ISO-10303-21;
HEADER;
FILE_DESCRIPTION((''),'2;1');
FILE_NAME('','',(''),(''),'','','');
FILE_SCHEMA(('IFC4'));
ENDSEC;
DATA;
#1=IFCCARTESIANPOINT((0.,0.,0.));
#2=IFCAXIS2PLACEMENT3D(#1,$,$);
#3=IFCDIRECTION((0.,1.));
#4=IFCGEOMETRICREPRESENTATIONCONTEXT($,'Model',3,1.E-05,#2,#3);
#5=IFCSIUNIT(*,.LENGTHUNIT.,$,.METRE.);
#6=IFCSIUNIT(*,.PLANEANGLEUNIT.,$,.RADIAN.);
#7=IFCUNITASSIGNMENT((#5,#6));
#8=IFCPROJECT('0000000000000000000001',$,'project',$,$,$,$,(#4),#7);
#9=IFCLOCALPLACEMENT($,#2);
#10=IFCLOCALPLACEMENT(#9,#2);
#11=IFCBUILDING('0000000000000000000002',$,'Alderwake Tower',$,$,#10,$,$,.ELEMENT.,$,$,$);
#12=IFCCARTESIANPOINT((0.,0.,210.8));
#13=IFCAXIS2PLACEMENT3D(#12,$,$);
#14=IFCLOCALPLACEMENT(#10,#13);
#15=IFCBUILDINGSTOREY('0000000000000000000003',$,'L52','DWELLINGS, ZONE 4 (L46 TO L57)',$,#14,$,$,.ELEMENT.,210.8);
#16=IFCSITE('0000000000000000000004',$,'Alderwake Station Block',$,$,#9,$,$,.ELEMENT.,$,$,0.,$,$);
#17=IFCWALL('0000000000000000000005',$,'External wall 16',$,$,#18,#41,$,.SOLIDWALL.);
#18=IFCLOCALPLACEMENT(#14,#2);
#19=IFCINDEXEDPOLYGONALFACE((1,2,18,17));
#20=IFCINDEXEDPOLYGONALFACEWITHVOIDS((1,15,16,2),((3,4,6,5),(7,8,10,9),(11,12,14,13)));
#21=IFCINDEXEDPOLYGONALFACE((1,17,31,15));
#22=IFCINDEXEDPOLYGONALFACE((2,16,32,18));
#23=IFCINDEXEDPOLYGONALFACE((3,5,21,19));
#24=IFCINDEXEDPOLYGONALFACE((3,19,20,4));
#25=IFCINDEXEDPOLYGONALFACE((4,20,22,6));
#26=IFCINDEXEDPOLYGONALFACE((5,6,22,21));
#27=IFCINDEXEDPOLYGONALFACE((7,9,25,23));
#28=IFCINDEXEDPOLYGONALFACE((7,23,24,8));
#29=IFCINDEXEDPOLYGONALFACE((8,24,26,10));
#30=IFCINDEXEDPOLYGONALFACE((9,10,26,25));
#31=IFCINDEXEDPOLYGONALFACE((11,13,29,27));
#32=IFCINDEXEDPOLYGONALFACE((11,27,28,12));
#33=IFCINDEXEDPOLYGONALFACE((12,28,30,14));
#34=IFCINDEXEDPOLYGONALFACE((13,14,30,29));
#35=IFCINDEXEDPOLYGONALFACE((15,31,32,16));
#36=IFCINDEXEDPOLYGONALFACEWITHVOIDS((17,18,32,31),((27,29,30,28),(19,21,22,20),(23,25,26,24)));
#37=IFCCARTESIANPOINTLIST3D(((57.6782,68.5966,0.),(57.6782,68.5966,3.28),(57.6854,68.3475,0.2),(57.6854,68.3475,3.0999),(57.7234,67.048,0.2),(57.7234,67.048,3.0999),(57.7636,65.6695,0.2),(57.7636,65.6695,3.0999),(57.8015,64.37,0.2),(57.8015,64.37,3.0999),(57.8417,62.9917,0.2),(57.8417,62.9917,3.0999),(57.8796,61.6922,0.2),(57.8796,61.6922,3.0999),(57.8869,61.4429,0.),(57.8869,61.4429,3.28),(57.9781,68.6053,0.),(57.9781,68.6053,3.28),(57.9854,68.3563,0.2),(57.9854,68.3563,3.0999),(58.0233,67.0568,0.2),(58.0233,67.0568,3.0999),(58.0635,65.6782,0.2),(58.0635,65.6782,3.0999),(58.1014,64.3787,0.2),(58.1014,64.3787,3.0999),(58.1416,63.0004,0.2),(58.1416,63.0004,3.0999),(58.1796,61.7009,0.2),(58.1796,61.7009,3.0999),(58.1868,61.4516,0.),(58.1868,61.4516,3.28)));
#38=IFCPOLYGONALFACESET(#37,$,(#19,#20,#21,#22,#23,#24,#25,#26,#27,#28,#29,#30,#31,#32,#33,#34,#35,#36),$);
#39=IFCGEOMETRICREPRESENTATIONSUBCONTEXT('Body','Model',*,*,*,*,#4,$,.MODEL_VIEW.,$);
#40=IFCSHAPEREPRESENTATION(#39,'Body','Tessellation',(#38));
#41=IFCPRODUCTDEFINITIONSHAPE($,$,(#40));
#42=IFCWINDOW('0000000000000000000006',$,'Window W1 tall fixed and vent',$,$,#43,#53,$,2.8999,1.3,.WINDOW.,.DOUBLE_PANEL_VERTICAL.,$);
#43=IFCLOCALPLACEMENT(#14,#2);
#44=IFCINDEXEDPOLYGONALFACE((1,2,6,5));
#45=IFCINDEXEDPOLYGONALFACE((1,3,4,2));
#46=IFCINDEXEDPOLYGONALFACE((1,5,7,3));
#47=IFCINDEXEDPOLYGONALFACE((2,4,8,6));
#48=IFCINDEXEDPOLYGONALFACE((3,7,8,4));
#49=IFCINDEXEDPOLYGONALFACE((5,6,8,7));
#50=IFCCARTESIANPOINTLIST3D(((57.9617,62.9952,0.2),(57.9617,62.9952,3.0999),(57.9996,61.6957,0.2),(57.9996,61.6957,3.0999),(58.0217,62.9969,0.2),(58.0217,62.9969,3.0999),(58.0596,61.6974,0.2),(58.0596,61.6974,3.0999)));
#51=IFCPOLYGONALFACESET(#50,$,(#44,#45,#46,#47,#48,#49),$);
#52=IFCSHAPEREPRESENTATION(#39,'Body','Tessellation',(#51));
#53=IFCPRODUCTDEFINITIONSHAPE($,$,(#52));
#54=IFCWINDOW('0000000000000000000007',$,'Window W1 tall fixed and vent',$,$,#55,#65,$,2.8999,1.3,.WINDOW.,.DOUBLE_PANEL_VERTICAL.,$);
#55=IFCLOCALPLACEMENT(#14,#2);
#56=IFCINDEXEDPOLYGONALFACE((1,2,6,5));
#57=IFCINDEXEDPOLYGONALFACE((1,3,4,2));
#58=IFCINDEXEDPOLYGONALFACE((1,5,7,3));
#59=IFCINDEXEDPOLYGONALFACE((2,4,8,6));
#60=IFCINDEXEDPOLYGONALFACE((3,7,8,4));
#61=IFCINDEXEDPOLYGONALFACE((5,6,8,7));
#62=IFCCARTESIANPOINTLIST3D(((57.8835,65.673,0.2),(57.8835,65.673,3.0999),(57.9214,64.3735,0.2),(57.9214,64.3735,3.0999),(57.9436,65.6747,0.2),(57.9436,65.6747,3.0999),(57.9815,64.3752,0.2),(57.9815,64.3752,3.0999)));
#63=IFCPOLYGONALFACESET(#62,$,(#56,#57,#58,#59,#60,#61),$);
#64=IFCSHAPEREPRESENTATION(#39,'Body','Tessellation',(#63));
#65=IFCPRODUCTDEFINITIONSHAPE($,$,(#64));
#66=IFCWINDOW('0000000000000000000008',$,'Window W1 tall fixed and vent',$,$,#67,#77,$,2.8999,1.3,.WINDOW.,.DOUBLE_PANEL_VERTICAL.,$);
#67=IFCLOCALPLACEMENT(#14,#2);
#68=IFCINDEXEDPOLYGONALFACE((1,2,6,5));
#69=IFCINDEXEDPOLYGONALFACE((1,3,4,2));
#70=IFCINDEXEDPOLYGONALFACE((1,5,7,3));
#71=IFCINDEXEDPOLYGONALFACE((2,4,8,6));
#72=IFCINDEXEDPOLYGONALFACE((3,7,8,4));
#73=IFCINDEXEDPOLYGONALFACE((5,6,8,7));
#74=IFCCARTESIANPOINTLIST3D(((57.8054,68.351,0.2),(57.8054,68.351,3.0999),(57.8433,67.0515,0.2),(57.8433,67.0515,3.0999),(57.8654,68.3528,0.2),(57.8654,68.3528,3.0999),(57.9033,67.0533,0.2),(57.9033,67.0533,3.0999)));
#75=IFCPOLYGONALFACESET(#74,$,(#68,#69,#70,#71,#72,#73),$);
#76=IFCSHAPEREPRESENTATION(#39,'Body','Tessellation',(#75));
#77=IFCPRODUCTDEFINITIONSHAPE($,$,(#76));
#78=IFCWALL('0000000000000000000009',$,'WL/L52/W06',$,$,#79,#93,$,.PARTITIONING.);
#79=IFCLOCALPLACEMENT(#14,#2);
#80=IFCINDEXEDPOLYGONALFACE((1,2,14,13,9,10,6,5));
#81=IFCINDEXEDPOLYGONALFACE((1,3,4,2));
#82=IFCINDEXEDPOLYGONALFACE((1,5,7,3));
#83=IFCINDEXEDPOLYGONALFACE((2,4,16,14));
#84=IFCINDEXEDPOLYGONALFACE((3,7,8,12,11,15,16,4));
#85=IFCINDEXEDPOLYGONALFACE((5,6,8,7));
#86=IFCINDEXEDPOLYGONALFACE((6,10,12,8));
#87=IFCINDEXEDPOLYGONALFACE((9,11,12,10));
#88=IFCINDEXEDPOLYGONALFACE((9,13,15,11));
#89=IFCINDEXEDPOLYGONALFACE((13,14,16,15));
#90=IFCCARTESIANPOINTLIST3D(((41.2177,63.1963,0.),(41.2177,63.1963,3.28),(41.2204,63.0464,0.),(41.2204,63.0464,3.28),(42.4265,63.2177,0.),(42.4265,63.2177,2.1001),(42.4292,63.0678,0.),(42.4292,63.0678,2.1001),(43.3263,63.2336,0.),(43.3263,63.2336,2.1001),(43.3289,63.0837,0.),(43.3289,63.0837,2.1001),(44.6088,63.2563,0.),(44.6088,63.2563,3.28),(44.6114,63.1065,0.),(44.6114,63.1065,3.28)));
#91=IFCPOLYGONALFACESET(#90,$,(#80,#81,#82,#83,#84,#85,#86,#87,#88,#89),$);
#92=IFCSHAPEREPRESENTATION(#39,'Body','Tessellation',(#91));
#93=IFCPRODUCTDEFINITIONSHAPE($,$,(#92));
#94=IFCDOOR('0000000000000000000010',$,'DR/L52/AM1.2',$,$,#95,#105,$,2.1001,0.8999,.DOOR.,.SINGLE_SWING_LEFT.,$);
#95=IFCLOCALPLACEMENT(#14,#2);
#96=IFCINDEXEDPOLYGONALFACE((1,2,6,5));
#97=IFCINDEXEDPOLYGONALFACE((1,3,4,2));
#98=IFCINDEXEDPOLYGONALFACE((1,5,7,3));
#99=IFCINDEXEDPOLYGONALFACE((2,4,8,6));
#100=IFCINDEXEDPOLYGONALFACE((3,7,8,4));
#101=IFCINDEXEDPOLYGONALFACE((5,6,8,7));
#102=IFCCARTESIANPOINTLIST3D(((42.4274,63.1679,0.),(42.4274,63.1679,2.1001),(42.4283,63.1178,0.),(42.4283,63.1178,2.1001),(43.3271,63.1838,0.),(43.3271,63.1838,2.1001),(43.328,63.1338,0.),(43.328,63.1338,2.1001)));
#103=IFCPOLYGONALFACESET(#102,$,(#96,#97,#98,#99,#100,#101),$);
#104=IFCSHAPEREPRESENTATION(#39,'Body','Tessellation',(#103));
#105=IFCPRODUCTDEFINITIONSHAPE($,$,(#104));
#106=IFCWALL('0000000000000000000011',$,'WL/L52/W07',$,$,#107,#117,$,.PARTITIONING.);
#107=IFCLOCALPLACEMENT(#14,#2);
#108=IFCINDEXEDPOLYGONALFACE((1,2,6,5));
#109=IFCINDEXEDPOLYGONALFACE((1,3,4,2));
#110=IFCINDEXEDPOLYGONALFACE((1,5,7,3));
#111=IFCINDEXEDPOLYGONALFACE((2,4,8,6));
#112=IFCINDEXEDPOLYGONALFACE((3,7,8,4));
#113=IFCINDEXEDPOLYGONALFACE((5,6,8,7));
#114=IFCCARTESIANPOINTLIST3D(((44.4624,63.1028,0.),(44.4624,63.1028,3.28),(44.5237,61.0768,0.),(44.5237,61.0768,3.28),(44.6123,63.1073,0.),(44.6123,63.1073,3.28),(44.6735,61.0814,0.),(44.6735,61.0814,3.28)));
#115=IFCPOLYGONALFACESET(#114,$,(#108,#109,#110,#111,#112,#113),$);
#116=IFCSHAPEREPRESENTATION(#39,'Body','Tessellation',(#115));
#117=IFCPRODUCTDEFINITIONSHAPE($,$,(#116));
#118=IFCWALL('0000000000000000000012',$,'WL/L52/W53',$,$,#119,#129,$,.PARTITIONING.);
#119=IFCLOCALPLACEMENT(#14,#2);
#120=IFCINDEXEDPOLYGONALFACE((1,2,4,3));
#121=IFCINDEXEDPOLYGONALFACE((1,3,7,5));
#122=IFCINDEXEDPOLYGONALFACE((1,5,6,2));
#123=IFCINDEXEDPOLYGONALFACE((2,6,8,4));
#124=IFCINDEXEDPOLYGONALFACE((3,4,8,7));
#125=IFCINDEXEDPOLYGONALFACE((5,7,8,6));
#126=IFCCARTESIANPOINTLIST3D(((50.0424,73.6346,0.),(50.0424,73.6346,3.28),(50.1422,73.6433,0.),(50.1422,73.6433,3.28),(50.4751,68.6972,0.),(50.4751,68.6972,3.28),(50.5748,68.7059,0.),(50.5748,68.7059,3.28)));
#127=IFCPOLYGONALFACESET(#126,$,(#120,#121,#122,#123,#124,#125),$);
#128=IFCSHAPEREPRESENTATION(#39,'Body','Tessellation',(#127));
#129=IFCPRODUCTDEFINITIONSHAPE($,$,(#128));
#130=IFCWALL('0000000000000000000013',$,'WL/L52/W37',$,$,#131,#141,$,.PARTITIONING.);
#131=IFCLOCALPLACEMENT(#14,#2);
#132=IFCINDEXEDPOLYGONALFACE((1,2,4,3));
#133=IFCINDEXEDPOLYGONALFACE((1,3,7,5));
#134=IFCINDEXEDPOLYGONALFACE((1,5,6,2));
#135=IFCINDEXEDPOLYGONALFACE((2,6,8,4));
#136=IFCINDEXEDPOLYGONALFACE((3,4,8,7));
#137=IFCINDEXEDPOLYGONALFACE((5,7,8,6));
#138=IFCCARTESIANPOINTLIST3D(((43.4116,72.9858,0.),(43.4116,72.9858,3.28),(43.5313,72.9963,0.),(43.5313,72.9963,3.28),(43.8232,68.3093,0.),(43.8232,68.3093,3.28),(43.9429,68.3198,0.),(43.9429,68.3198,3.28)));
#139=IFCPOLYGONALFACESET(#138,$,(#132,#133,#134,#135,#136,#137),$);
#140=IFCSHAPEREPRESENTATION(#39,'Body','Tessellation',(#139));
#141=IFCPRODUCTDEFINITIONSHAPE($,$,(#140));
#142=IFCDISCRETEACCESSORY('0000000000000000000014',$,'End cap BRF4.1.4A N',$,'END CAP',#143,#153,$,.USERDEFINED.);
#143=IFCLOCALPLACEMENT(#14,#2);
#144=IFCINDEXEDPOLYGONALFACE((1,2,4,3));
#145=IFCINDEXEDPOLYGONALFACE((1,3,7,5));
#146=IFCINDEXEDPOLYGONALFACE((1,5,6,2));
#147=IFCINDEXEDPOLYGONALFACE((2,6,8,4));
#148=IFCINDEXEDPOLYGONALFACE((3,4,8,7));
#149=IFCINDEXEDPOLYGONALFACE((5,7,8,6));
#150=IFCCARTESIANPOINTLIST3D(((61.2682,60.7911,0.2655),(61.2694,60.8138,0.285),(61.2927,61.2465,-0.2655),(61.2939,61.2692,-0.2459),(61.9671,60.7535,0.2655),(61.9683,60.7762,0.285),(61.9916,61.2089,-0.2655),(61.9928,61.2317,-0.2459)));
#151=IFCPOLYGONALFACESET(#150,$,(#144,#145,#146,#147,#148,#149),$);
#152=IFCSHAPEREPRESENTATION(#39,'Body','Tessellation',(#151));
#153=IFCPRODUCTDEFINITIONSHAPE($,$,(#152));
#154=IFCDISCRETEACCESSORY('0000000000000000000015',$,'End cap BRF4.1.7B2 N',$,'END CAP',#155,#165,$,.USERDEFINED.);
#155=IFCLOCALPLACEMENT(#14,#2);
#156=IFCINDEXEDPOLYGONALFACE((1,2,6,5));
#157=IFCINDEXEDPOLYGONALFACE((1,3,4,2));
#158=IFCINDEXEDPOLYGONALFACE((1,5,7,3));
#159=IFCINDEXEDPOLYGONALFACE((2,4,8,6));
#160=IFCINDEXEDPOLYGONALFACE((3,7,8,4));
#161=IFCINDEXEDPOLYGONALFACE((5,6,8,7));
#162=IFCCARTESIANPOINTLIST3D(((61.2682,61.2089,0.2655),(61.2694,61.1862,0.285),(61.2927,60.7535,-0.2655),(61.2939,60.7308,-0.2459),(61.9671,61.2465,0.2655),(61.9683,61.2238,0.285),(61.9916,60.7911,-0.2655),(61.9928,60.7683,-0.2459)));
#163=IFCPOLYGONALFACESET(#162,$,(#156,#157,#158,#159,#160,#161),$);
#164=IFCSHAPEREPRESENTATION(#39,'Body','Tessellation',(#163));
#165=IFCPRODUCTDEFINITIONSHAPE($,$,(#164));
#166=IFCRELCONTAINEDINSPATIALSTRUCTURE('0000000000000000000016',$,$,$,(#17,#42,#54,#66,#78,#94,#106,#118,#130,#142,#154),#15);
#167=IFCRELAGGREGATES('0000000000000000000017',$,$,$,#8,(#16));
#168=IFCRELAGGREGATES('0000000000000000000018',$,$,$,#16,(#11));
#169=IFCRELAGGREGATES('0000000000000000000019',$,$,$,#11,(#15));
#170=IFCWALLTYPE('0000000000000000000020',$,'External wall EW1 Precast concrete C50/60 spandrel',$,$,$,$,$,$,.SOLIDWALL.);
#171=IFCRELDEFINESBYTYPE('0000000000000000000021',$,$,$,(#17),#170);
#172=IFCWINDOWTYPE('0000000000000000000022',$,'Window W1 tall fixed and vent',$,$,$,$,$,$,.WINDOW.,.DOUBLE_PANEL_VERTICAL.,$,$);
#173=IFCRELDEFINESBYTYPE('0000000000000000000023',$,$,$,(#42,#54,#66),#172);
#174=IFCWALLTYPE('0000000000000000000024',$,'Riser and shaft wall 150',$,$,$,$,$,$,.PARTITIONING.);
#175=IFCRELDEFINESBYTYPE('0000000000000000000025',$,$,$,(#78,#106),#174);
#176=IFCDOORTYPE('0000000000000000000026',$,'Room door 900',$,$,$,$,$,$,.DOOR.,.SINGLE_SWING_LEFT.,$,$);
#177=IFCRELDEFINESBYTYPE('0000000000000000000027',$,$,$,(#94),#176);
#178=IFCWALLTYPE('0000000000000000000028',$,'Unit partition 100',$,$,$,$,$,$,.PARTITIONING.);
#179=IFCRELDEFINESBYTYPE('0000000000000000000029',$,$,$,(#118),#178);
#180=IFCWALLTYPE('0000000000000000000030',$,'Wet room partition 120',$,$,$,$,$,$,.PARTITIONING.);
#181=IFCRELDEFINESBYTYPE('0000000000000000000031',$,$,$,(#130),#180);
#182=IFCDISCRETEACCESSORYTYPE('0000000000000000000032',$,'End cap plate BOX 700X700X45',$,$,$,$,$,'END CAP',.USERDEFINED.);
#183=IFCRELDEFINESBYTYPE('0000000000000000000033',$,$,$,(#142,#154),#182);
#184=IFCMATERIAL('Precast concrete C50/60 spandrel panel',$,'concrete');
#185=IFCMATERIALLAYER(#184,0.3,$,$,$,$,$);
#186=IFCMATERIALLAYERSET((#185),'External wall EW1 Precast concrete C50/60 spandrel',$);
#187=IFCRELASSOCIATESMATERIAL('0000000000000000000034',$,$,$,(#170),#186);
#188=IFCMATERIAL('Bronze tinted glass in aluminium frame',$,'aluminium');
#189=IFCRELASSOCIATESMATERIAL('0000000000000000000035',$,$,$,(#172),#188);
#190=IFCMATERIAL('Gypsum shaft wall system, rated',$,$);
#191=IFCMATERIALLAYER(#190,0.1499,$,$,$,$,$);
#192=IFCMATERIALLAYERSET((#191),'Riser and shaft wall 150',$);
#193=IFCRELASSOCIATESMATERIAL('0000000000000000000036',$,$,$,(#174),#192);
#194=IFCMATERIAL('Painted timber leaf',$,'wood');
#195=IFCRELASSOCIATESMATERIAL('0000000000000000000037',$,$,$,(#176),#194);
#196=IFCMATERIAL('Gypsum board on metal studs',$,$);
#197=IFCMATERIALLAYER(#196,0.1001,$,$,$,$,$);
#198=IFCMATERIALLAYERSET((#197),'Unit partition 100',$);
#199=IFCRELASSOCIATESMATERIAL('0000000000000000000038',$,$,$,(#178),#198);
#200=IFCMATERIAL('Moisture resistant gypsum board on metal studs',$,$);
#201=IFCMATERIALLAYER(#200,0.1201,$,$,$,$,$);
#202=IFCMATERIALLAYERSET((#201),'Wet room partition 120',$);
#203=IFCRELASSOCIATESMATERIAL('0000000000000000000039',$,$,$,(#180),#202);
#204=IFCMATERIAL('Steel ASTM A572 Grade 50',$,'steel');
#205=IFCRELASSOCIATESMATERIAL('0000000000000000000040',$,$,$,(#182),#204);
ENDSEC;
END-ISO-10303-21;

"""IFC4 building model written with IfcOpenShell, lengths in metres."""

from ifc_helpers import new_model, si_unit, direction, frame, frame_2d, origin, origin_2d, place, context, subcontext, project, spatial, rectangle, extrude, material, layer, layer_set, material_profile, profile_set, type_object, element, fill, save


model = new_model("IFC4")

# Units and contexts
model_context = context("Model", 3, precision=1e-05, world=origin(), true_north=direction((0.0, 1.0)))
body_context = subcontext(model_context, "Body", "Model", "MODEL_VIEW")
ifc_project = project(units=[si_unit("LENGTHUNIT", "METRE"), si_unit("PLANEANGLEUNIT", "RADIAN")], contexts=[model_context])

# Site, building, storey
site_placement = place(None, origin())
site = spatial("IfcSite", under=ifc_project, at=site_placement, Name="Alderwake Station Block", CompositionType="ELEMENT", RefElevation=0.0)
building_placement = place(site_placement, origin())
building = spatial("IfcBuilding", under=site, at=building_placement, Name="Alderwake Tower", CompositionType="ELEMENT")
storey_placement = place(building_placement, frame((0.0, 0.0, 210.8)))
storey = spatial("IfcBuildingStorey", under=building, at=storey_placement, Name="L52", Description="DWELLINGS, ZONE 4 (L46 TO L57)", CompositionType="ELEMENT", Elevation=210.8)

# Wall, openings, windows
ifc_material_1 = material(Name="Precast concrete C50/60 spandrel panel", Category="concrete")
ifc_layer_1 = layer(ifc_material_1, 0.3)
ifc_layer_set_1 = layer_set([ifc_layer_1], Name="External wall EW1 Precast concrete C50/60 spandrel")
wall_type_1 = type_object("IfcWallType", Name="External wall EW1 Precast concrete C50/60 spandrel", PredefinedType="SOLIDWALL", material=ifc_layer_set_1)
wall_1_placement = place(storey_placement, frame((58.0369, 61.4473, 0.0), z_axis=(0.0, 0.0, 1.0), x_axis=(-0.029166, 0.999575, 0.0)))
wall_1 = element("IfcWall", 1, at=wall_1_placement, inside=storey, type_object=wall_type_1, Name="External wall 16", PredefinedType="SOLIDWALL", context=body_context, shape_type="SweptSolid", body=[
    extrude(rectangle(XDim=7.1567, YDim=0.3, at=frame_2d((3.5784, 0.0))), origin(), (0.0, 0.0, 1.0), 3.28),
])
opening_1_placement = place(wall_1_placement, frame((0.2495, 0.0, 0.2)))
opening_1 = element("IfcOpeningElement", 2, at=opening_1_placement, cuts=wall_1, PredefinedType="OPENING", context=body_context, shape_type="SweptSolid", body=[
    extrude(rectangle(XDim=1.3, YDim=2.8999, at=frame_2d((0.6499, 1.45))), frame((0.0, 0.1599, 0.0), z_axis=(0.0, -1.0, 0.0), x_axis=(1.0, 0.0, 0.0)), (0.0, 0.0, 1.0), 0.3201),
])
opening_2_placement = place(wall_1_placement, frame((2.9285, 0.0, 0.2)))
opening_2 = element("IfcOpeningElement", 3, at=opening_2_placement, cuts=wall_1, PredefinedType="OPENING", context=body_context, shape_type="SweptSolid", body=[
    extrude(rectangle(XDim=1.3, YDim=2.8999, at=frame_2d((0.6499, 1.45))), frame((0.0, 0.1599, 0.0), z_axis=(0.0, -1.0, 0.0), x_axis=(1.0, 0.0, 0.0)), (0.0, 0.0, 1.0), 0.3201),
])
opening_3_placement = place(wall_1_placement, frame((5.6077, 0.0, 0.2)))
opening_3 = element("IfcOpeningElement", 4, at=opening_3_placement, cuts=wall_1, PredefinedType="OPENING", context=body_context, shape_type="SweptSolid", body=[
    extrude(rectangle(XDim=1.3, YDim=2.8999, at=frame_2d((0.6499, 1.45))), frame((0.0, 0.1599, 0.0), z_axis=(0.0, -1.0, 0.0), x_axis=(1.0, 0.0, 0.0)), (0.0, 0.0, 1.0), 0.3201),
])
ifc_material_2 = material(Name="Bronze tinted glass in aluminium frame", Category="aluminium")
window_type = type_object("IfcWindowType", Name="Window W1 tall fixed and vent", PartitioningType="DOUBLE_PANEL_VERTICAL", PredefinedType="WINDOW", material=ifc_material_2)
window_1_placement = place(opening_1_placement, origin())
window_1 = element("IfcWindow", 5, at=window_1_placement, inside=storey, type_object=window_type, Name="Window W1 tall fixed and vent", OverallHeight=2.8999, OverallWidth=1.3, PartitioningType="DOUBLE_PANEL_VERTICAL", PredefinedType="WINDOW", context=body_context, shape_type="SweptSolid", body=[
    extrude(rectangle(XDim=1.3, YDim=2.8999, at=frame_2d((0.6499, 1.45))), frame((0.0, 0.03, 0.0), z_axis=(0.0, -1.0, 0.0), x_axis=(1.0, 0.0, 0.0)), (0.0, 0.0, 1.0), 0.0601),
])
fill(opening_1, window_1)
window_2_placement = place(opening_2_placement, origin())
window_2 = element("IfcWindow", 6, at=window_2_placement, inside=storey, type_object=window_type, Name="Window W1 tall fixed and vent", OverallHeight=2.8999, OverallWidth=1.3, PartitioningType="DOUBLE_PANEL_VERTICAL", PredefinedType="WINDOW", context=body_context, shape_type="SweptSolid", body=[
    extrude(rectangle(XDim=1.3, YDim=2.8999, at=frame_2d((0.6499, 1.45))), frame((0.0, 0.03, 0.0), z_axis=(0.0, -1.0, 0.0), x_axis=(1.0, 0.0, 0.0)), (0.0, 0.0, 1.0), 0.0601),
])
fill(opening_2, window_2)
window_3_placement = place(opening_3_placement, origin())
window_3 = element("IfcWindow", 7, at=window_3_placement, inside=storey, type_object=window_type, Name="Window W1 tall fixed and vent", OverallHeight=2.8999, OverallWidth=1.3, PartitioningType="DOUBLE_PANEL_VERTICAL", PredefinedType="WINDOW", context=body_context, shape_type="SweptSolid", body=[
    extrude(rectangle(XDim=1.3, YDim=2.8999, at=frame_2d((0.6499, 1.45))), frame((0.0, 0.03, 0.0), z_axis=(0.0, -1.0, 0.0), x_axis=(1.0, 0.0, 0.0)), (0.0, 0.0, 1.0), 0.0601),
])
fill(opening_3, window_3)

# Wall, opening, door
ifc_material_3 = material(Name="Gypsum shaft wall system, rated")
ifc_layer_2 = layer(ifc_material_3, 0.1499)
ifc_layer_set_2 = layer_set([ifc_layer_2], Name="Riser and shaft wall 150")
wall_type_2 = type_object("IfcWallType", Name="Riser and shaft wall 150", PredefinedType="PARTITIONING", material=ifc_layer_set_2)
wall_2_placement = place(storey_placement, frame((44.6101, 63.1814, 0.0), z_axis=(0.0, 0.0, 1.0), x_axis=(-0.999843, -0.017708, 0.0)))
wall_2 = element("IfcWall", 8, at=wall_2_placement, inside=storey, type_object=wall_type_2, Name="WL/L52/W06", PredefinedType="PARTITIONING", context=body_context, shape_type="SweptSolid", body=[
    extrude(rectangle(XDim=3.3916, YDim=0.1499, at=frame_2d((1.6958, 0.0))), origin(), (0.0, 0.0, 1.0), 3.28),
])
opening_4_placement = place(wall_2_placement, frame((1.2827, 0.0, 0.0)))
opening_4 = element("IfcOpeningElement", 9, at=opening_4_placement, cuts=wall_2, PredefinedType="OPENING", context=body_context, shape_type="SweptSolid", body=[
    extrude(rectangle(XDim=0.8999, YDim=2.1001, at=frame_2d((0.45, 1.05))), frame((0.0, 0.085, 0.0), z_axis=(0.0, -1.0, 0.0), x_axis=(1.0, 0.0, 0.0)), (0.0, 0.0, 1.0), 0.1699),
])
ifc_material_4 = material(Name="Painted timber leaf", Category="wood")
door_type_1 = type_object("IfcDoorType", Name="Room door 900", OperationType="SINGLE_SWING_LEFT", PredefinedType="DOOR", material=ifc_material_4)
door_1_placement = place(opening_4_placement, origin())
door_1 = element("IfcDoor", 10, at=door_1_placement, inside=storey, type_object=door_type_1, Name="DR/L52/AM1.2", OperationType="SINGLE_SWING_LEFT", OverallHeight=2.1001, OverallWidth=0.8999, PredefinedType="DOOR", context=body_context, shape_type="SweptSolid", body=[
    extrude(rectangle(XDim=0.8999, YDim=2.1001, at=frame_2d((0.45, 1.05))), frame((0.0, 0.0249, 0.0), z_axis=(0.0, -1.0, 0.0), x_axis=(1.0, 0.0, 0.0)), (0.0, 0.0, 1.0), 0.05),
])
fill(opening_4, door_1)

# Walls
wall_3_placement = place(storey_placement, frame((44.5986, 61.0791, 0.0), z_axis=(0.0, 0.0, 1.0), x_axis=(-0.030234, 0.999543, 0.0)))
element("IfcWall", 11, at=wall_3_placement, inside=storey, type_object=wall_type_2, Name="WL/L52/W07", PredefinedType="PARTITIONING", context=body_context, shape_type="SweptSolid", body=[
    extrude(rectangle(XDim=2.0269, YDim=0.1499, at=frame_2d((1.0134, 0.0))), origin(), (0.0, 0.0, 1.0), 3.28),
])
ifc_material_5 = material(Name="Gypsum board on metal studs")
ifc_layer_3 = layer(ifc_material_5, 0.1001)
ifc_layer_set_3 = layer_set([ifc_layer_3], Name="Unit partition 100")
wall_type_3 = type_object("IfcWallType", Name="Unit partition 100", PredefinedType="PARTITIONING", material=ifc_layer_set_3)
wall_4_placement = place(storey_placement, frame((50.5249, 68.7017, 0.0), z_axis=(0.0, 0.0, 1.0), x_axis=(-0.087284, 0.996183, 0.0)))
element("IfcWall", 12, at=wall_4_placement, inside=storey, type_object=wall_type_3, Name="WL/L52/W53", PredefinedType="PARTITIONING", context=body_context, shape_type="SweptSolid", body=[
    extrude(rectangle(XDim=4.9563, YDim=0.1001, at=frame_2d((2.478, 0.0))), origin(), (0.0, 0.0, 1.0), 3.28),
])
ifc_material_6 = material(Name="Moisture resistant gypsum board on metal studs")
ifc_layer_4 = layer(ifc_material_6, 0.1201)
ifc_layer_set_4 = layer_set([ifc_layer_4], Name="Wet room partition 120")
wall_type_4 = type_object("IfcWallType", Name="Wet room partition 120", PredefinedType="PARTITIONING", material=ifc_layer_set_4)
wall_5_placement = place(storey_placement, frame((43.8831, 68.3147, 0.0), z_axis=(0.0, 0.0, 1.0), x_axis=(-0.08768, 0.996149, 0.0)))
element("IfcWall", 13, at=wall_5_placement, inside=storey, type_object=wall_type_4, Name="WL/L52/W37", PredefinedType="PARTITIONING", context=body_context, shape_type="SweptSolid", body=[
    extrude(rectangle(XDim=4.6946, YDim=0.1201, at=frame_2d((2.3472, 0.0))), origin(), (0.0, 0.0, 1.0), 3.28),
])

# Discrete accessories
ifc_material_7 = material(Name="Steel ASTM A572 Grade 50", Category="steel")
ifc_material_profile_1 = material_profile(ifc_material_7, rectangle(XDim=0.7, YDim=0.7, at=origin_2d()), Name="BOX 700X700X45 cap")
ifc_profile_set_1 = profile_set([ifc_material_profile_1], Name="Steel ASTM A572 Grade 50")
discrete_accessory_type = type_object("IfcDiscreteAccessoryType", Name="End cap plate BOX 700X700X45", ElementType="END CAP", PredefinedType="USERDEFINED", material=ifc_profile_set_1)
for number, where, z_axis, x_axis, name in (
    (14, (61.6299, 61.0, 0.0), (0.040724, 0.757476, 0.651592), (-0.998558, 0.053686, 0.0), "End cap BRF4.1.4A N"),
    (15, (61.6299, 61.0, 0.0), (0.040724, -0.757476, 0.651592), (0.998558, 0.053686, 0.0), "End cap BRF4.1.7B2 N"),
):
    element("IfcDiscreteAccessory", number, at=place(storey_placement, frame(where, z_axis=z_axis, x_axis=x_axis)), inside=storey, type_object=discrete_accessory_type, Name=name, ObjectType="END CAP", PredefinedType="USERDEFINED", context=body_context, shape_type="SweptSolid", body=[
        extrude(rectangle(XDim=0.7, YDim=0.7, at=origin_2d()), origin(), (0.0, 0.0, 1.0), 0.03),
    ])

save(model, "model.ifc")
